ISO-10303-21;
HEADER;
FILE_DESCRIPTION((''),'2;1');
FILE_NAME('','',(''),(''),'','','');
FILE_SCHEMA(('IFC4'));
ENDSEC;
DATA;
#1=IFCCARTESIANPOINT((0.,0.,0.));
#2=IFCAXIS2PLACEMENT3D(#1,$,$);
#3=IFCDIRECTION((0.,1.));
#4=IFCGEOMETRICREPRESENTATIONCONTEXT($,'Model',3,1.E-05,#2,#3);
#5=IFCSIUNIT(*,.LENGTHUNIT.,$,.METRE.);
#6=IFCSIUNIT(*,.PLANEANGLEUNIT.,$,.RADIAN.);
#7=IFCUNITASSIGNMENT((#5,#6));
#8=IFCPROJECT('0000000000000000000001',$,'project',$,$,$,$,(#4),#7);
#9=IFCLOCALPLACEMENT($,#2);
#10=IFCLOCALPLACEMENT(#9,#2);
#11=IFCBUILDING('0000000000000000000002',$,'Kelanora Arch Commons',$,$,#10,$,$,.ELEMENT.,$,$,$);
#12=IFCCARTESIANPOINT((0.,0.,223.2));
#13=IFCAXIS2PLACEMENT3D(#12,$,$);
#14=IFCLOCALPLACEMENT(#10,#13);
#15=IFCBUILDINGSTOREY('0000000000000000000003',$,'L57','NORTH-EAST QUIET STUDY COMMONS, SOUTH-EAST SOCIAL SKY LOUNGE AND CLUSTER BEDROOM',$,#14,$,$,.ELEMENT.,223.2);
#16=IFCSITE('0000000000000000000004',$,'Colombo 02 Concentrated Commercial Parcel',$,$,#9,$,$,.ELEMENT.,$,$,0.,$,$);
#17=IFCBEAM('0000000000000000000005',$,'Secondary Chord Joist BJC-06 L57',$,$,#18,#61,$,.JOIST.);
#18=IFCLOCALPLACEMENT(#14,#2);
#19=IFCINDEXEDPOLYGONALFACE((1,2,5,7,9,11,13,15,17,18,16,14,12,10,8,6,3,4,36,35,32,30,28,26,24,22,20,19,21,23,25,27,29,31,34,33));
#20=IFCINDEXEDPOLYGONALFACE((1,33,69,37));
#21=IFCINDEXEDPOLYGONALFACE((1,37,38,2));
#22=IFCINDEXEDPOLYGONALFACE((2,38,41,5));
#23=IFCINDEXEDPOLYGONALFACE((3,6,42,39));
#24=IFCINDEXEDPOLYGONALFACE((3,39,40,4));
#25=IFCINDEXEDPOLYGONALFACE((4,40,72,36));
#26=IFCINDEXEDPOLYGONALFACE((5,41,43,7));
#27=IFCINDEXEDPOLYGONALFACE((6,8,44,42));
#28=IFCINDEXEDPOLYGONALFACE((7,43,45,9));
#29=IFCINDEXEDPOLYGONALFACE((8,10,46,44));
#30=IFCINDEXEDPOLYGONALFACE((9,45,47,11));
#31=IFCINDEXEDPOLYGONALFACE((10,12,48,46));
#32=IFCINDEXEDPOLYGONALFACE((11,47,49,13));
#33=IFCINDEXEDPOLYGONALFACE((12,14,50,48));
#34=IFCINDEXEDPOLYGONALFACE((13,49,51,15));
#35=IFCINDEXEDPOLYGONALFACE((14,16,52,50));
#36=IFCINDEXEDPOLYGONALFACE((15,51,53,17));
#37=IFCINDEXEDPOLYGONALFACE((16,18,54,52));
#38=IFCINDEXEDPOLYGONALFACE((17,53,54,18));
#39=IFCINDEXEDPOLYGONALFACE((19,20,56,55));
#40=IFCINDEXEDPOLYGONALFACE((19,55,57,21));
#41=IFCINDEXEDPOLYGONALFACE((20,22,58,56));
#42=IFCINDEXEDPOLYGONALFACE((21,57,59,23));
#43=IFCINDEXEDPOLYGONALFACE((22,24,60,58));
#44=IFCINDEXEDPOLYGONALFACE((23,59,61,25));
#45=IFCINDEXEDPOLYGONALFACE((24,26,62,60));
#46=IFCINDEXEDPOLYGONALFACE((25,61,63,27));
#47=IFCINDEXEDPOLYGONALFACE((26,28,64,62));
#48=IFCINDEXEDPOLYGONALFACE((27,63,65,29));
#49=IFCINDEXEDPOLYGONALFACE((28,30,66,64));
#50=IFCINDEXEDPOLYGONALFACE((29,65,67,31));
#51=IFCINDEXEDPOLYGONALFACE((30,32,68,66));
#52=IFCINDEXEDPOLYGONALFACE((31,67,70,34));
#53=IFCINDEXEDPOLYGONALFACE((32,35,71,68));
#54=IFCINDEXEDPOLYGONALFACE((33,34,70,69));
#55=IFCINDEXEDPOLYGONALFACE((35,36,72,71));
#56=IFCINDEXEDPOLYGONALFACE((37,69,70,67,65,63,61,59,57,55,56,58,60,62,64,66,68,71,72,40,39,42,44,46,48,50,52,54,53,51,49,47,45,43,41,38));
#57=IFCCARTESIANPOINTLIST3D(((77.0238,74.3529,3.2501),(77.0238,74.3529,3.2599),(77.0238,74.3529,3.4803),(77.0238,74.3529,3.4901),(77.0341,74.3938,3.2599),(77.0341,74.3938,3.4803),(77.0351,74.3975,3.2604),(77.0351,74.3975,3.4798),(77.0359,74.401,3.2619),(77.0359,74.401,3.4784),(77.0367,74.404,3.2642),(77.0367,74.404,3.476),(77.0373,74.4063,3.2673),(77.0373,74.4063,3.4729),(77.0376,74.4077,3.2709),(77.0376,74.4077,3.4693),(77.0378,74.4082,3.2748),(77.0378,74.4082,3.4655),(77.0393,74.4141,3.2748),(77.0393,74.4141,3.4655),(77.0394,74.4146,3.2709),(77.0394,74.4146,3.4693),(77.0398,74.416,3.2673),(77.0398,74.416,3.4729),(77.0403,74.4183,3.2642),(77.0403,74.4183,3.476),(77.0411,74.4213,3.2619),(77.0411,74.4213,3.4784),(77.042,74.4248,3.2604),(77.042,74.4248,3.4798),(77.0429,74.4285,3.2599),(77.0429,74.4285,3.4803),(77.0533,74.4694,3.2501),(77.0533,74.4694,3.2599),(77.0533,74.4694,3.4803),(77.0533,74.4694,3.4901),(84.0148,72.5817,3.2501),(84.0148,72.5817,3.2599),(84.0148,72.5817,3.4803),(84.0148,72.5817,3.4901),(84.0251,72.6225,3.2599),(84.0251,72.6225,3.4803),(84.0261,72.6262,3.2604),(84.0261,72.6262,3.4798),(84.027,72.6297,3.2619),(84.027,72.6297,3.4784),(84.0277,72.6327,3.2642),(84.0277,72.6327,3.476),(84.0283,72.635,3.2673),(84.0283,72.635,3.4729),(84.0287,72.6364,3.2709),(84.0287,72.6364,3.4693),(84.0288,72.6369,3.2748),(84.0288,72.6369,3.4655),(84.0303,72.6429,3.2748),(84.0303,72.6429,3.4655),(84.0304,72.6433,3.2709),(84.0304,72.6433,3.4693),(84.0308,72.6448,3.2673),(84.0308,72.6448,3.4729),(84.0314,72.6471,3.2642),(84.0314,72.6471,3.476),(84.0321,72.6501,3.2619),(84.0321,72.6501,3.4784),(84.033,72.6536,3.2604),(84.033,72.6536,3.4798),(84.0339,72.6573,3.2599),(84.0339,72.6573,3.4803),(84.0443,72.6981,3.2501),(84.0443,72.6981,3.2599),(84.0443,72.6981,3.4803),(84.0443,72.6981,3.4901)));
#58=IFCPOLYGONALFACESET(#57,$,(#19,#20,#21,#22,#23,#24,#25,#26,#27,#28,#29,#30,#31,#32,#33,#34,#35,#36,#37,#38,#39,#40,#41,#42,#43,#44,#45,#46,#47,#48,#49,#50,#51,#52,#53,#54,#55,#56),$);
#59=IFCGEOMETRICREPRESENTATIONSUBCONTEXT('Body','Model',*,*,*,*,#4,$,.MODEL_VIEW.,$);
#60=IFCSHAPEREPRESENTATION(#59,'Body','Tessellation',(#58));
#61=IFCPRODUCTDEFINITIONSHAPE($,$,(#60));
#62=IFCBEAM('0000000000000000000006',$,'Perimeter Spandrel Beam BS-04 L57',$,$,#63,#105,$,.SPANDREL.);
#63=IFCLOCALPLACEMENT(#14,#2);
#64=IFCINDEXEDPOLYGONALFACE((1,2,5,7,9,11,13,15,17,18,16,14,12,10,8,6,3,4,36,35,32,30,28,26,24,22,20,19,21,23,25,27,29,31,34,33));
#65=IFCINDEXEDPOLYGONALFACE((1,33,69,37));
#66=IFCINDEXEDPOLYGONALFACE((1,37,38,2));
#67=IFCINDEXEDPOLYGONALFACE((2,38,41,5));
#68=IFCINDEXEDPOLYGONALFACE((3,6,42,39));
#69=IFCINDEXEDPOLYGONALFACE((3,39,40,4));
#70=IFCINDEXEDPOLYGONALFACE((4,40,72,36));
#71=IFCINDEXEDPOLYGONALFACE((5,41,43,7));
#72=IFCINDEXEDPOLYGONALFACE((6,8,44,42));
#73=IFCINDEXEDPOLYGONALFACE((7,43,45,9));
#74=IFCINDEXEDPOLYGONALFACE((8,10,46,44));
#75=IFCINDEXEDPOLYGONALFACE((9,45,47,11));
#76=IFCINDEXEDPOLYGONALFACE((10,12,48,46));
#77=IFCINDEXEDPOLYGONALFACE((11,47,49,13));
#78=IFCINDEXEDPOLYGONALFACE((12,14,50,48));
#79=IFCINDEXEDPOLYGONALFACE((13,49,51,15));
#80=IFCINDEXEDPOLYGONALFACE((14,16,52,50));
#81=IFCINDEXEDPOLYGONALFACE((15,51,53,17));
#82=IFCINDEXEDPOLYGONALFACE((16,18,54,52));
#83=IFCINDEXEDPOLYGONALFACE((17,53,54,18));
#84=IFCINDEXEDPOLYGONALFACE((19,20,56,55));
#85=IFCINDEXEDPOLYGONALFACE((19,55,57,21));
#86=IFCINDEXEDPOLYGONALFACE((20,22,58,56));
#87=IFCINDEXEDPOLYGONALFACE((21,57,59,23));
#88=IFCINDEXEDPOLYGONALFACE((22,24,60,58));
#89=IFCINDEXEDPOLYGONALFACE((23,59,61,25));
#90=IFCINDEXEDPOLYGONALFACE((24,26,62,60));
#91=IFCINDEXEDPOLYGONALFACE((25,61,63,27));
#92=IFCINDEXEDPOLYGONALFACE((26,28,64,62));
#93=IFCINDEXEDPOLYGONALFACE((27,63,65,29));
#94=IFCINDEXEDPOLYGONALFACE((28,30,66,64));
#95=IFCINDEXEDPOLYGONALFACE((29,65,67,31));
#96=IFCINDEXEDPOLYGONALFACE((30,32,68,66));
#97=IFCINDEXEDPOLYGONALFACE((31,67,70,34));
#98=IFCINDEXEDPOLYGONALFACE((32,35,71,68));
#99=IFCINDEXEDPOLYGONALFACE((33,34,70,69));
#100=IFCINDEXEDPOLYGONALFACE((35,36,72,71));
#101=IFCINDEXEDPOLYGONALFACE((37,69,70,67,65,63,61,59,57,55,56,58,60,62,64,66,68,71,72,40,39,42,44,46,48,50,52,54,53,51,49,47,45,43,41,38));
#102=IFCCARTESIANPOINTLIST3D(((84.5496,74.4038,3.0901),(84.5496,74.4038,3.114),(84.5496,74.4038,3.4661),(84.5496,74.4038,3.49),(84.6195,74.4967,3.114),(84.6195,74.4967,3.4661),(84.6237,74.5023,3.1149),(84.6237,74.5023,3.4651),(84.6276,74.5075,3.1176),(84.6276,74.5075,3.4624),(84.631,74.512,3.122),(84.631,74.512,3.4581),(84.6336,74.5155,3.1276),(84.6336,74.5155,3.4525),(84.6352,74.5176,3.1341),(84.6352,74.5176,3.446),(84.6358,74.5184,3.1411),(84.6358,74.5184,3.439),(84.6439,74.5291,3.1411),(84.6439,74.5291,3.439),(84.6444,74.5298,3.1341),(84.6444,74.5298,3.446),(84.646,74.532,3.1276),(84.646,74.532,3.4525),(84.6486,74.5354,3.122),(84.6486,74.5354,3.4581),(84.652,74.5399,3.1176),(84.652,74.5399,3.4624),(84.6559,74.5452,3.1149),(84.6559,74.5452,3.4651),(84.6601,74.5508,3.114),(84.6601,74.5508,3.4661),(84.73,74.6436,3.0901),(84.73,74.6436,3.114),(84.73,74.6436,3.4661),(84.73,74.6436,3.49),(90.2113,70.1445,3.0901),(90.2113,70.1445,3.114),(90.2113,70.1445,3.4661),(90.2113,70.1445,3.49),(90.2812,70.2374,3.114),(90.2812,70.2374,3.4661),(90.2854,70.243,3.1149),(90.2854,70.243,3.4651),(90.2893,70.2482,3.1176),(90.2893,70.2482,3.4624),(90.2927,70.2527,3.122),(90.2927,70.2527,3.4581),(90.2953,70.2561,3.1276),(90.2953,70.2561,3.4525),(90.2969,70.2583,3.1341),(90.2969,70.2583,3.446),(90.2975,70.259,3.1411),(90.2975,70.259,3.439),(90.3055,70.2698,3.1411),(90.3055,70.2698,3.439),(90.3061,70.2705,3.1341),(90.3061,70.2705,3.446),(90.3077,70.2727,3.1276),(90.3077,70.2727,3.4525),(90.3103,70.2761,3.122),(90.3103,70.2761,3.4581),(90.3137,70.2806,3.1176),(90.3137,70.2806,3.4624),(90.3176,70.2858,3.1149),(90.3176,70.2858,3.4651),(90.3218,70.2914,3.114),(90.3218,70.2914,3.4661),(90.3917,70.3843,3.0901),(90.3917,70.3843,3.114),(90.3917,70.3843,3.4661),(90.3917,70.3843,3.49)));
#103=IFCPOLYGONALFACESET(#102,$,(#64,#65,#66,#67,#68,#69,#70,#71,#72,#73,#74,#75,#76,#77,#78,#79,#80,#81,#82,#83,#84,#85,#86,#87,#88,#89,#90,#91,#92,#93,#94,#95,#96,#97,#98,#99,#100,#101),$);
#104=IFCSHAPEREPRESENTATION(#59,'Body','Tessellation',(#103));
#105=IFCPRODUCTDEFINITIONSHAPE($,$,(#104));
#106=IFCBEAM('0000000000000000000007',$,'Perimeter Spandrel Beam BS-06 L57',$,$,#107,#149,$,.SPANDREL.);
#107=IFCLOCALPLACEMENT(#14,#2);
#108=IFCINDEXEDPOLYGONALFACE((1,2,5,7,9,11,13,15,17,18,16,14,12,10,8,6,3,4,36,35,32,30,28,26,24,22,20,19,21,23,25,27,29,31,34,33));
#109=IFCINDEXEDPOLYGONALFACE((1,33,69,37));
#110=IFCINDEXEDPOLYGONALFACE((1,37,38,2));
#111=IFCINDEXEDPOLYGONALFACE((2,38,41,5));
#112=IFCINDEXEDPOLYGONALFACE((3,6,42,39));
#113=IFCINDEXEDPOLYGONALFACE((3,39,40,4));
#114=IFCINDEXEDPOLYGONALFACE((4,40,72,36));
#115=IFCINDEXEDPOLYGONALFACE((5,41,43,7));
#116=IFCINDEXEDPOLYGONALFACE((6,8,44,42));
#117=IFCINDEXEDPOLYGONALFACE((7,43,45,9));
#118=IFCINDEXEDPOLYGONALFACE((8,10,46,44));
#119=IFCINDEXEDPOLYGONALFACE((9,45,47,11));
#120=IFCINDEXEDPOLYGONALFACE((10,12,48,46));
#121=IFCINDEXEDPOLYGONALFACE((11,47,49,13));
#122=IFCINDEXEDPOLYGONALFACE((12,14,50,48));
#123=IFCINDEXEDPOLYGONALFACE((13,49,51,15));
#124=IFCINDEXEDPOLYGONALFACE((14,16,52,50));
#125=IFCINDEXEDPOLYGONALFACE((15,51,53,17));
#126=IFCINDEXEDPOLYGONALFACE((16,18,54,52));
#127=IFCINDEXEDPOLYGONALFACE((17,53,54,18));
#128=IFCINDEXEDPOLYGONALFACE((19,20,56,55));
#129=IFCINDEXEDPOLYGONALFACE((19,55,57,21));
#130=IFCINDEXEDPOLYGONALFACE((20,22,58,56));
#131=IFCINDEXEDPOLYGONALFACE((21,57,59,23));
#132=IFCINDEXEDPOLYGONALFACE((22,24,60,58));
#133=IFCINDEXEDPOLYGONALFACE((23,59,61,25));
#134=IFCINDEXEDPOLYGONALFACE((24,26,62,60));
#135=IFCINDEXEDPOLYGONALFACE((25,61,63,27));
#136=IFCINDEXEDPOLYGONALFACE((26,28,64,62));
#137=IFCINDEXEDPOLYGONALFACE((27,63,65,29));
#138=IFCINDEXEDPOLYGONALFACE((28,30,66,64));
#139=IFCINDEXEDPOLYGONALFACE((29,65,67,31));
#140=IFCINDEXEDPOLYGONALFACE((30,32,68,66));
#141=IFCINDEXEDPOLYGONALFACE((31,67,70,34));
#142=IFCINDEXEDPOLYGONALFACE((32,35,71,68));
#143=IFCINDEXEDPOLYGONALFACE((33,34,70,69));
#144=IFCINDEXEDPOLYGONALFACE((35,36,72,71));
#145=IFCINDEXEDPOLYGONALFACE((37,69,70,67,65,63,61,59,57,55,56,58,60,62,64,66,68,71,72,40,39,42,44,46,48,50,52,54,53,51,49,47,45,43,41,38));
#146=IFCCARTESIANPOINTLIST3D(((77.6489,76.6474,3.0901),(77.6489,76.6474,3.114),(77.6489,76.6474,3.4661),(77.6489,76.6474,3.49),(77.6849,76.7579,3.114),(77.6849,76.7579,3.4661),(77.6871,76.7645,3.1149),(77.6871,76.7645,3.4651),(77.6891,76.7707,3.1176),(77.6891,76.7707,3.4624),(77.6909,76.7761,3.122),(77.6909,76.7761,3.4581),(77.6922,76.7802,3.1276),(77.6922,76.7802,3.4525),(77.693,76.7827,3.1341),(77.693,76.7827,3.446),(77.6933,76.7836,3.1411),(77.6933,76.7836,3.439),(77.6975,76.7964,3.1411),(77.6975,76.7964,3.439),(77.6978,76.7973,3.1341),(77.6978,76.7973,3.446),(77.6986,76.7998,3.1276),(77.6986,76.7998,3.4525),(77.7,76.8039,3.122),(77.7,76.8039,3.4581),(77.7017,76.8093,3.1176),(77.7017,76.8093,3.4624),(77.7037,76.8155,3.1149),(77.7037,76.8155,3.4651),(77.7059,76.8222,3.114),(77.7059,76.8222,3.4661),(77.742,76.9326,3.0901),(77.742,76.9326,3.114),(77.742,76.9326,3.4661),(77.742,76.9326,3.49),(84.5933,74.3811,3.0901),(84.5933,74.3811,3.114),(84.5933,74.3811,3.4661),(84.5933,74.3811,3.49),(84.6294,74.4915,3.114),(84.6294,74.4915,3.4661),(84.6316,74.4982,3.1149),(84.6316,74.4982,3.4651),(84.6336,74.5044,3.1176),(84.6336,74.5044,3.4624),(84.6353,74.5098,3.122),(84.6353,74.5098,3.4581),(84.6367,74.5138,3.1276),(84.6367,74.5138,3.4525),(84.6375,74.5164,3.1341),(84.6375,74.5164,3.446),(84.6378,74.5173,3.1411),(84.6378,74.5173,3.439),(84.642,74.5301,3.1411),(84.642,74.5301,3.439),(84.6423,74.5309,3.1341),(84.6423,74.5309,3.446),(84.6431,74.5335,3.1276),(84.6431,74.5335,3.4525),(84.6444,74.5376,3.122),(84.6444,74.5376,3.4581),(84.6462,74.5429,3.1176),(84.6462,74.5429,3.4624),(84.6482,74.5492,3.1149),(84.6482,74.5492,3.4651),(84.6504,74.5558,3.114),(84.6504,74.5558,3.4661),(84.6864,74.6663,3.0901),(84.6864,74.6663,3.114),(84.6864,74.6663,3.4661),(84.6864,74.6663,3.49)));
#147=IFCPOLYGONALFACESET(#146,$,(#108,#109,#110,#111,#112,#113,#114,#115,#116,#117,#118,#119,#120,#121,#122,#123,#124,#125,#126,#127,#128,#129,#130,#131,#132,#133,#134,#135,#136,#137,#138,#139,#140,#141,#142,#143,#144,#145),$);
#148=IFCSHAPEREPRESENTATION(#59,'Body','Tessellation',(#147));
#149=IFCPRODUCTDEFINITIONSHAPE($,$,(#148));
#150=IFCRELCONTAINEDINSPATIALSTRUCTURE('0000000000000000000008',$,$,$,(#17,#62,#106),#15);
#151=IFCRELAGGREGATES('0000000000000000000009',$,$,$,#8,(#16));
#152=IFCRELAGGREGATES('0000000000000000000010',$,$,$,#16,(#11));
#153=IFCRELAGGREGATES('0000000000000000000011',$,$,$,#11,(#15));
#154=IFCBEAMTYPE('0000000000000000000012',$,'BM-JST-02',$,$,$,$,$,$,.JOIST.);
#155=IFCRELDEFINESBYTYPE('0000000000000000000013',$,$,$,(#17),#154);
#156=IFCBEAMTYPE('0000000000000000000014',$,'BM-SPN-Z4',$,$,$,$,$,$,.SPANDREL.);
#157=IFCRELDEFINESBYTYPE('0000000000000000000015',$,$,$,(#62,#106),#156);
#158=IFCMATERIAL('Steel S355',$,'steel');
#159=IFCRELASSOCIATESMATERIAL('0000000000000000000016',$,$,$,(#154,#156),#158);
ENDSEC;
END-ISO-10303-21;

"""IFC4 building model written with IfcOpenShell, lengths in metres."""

from ifc_helpers import new_model, si_unit, direction, frame, origin, origin_2d, place, context, subcontext, project, spatial, i_section, extrude, material, material_profile, profile_set, type_object, element, save


model = new_model("IFC4")

# Units and contexts
model_context = context("Model", 3, precision=1e-05, world=origin(), true_north=direction((0.0, 1.0)))
body_context = subcontext(model_context, "Body", "Model", "MODEL_VIEW")
ifc_project = project(units=[si_unit("LENGTHUNIT", "METRE"), si_unit("PLANEANGLEUNIT", "RADIAN")], contexts=[model_context])

# Site, building, storey
site_placement = place(None, origin())
site = spatial("IfcSite", under=ifc_project, at=site_placement, Name="Colombo 02 Concentrated Commercial Parcel", CompositionType="ELEMENT", RefElevation=0.0)
building_placement = place(site_placement, origin())
building = spatial("IfcBuilding", under=site, at=building_placement, Name="Kelanora Arch Commons", CompositionType="ELEMENT")
storey_placement = place(building_placement, frame((0.0, 0.0, 223.2)))
storey = spatial("IfcBuildingStorey", under=building, at=storey_placement, Name="L57", Description="NORTH-EAST QUIET STUDY COMMONS, SOUTH-EAST SOCIAL SKY LOUNGE AND CLUSTER BEDROOM", CompositionType="ELEMENT", Elevation=223.2)

# Beams
ifc_material_1 = material(Name="Steel S355", Category="steel")
ifc_material_profile_1 = material_profile(ifc_material_1, i_section(OverallWidth=0.1201, OverallDepth=0.24, WebThickness=0.0061, FlangeThickness=0.0098, FilletRadius=0.0149, at=origin_2d()), Name="IPE240")
ifc_profile_set_1 = profile_set([ifc_material_profile_1], Name="Steel S355")
beam_type_1 = type_object("IfcBeamType", Name="BM-JST-02", PredefinedType="JOIST", material=ifc_profile_set_1)
beam_1_placement = place(storey_placement, frame((84.0295, 72.6399, 3.3701), z_axis=(-0.969371, 0.245601, 0.0), x_axis=(-0.245601, -0.969371, 0.0)))
element("IfcBeam", 1, at=beam_1_placement, inside=storey, type_object=beam_type_1, Name="Secondary Chord Joist BJC-06 L57", PredefinedType="JOIST", context=body_context, shape_type="SweptSolid", body=[
    extrude(i_section(OverallWidth=0.1201, OverallDepth=0.24, WebThickness=0.0061, FlangeThickness=0.0098, FilletRadius=0.0149, at=origin_2d()), origin(), (0.0, 0.0, 1.0), 7.2119),
])
ifc_material_profile_2 = material_profile(ifc_material_1, i_section(OverallWidth=0.3, OverallDepth=0.3999, WebThickness=0.0134, FlangeThickness=0.0239, FilletRadius=0.0271, at=origin_2d()), Name="HEB400")
ifc_profile_set_2 = profile_set([ifc_material_profile_2], Name="Steel S355")
beam_type_2 = type_object("IfcBeamType", Name="BM-SPN-Z4", PredefinedType="SPANDREL", material=ifc_profile_set_2)
beam_2_placement = place(storey_placement, frame((90.3015, 70.2644, 3.29), z_axis=(-0.799114, 0.601179, 0.0), x_axis=(-0.601179, -0.799114, 0.0)))
element("IfcBeam", 2, at=beam_2_placement, inside=storey, type_object=beam_type_2, Name="Perimeter Spandrel Beam BS-04 L57", PredefinedType="SPANDREL", context=body_context, shape_type="SweptSolid", body=[
    extrude(i_section(OverallWidth=0.3, OverallDepth=0.3999, WebThickness=0.0134, FlangeThickness=0.0239, FilletRadius=0.0271, at=origin_2d()), origin(), (0.0, 0.0, 1.0), 7.085),
])
beam_3_placement = place(storey_placement, frame((84.6399, 74.5237, 3.29), z_axis=(-0.950656, 0.310246, 0.0), x_axis=(-0.310246, -0.950656, 0.0)))
element("IfcBeam", 3, at=beam_3_placement, inside=storey, type_object=beam_type_2, Name="Perimeter Spandrel Beam BS-06 L57", PredefinedType="SPANDREL", context=body_context, shape_type="SweptSolid", body=[
    extrude(i_section(OverallWidth=0.3, OverallDepth=0.3999, WebThickness=0.0134, FlangeThickness=0.0239, FilletRadius=0.0271, at=origin_2d()), origin(), (0.0, 0.0, 1.0), 7.3049),
])

save(model, "model.ifc")
